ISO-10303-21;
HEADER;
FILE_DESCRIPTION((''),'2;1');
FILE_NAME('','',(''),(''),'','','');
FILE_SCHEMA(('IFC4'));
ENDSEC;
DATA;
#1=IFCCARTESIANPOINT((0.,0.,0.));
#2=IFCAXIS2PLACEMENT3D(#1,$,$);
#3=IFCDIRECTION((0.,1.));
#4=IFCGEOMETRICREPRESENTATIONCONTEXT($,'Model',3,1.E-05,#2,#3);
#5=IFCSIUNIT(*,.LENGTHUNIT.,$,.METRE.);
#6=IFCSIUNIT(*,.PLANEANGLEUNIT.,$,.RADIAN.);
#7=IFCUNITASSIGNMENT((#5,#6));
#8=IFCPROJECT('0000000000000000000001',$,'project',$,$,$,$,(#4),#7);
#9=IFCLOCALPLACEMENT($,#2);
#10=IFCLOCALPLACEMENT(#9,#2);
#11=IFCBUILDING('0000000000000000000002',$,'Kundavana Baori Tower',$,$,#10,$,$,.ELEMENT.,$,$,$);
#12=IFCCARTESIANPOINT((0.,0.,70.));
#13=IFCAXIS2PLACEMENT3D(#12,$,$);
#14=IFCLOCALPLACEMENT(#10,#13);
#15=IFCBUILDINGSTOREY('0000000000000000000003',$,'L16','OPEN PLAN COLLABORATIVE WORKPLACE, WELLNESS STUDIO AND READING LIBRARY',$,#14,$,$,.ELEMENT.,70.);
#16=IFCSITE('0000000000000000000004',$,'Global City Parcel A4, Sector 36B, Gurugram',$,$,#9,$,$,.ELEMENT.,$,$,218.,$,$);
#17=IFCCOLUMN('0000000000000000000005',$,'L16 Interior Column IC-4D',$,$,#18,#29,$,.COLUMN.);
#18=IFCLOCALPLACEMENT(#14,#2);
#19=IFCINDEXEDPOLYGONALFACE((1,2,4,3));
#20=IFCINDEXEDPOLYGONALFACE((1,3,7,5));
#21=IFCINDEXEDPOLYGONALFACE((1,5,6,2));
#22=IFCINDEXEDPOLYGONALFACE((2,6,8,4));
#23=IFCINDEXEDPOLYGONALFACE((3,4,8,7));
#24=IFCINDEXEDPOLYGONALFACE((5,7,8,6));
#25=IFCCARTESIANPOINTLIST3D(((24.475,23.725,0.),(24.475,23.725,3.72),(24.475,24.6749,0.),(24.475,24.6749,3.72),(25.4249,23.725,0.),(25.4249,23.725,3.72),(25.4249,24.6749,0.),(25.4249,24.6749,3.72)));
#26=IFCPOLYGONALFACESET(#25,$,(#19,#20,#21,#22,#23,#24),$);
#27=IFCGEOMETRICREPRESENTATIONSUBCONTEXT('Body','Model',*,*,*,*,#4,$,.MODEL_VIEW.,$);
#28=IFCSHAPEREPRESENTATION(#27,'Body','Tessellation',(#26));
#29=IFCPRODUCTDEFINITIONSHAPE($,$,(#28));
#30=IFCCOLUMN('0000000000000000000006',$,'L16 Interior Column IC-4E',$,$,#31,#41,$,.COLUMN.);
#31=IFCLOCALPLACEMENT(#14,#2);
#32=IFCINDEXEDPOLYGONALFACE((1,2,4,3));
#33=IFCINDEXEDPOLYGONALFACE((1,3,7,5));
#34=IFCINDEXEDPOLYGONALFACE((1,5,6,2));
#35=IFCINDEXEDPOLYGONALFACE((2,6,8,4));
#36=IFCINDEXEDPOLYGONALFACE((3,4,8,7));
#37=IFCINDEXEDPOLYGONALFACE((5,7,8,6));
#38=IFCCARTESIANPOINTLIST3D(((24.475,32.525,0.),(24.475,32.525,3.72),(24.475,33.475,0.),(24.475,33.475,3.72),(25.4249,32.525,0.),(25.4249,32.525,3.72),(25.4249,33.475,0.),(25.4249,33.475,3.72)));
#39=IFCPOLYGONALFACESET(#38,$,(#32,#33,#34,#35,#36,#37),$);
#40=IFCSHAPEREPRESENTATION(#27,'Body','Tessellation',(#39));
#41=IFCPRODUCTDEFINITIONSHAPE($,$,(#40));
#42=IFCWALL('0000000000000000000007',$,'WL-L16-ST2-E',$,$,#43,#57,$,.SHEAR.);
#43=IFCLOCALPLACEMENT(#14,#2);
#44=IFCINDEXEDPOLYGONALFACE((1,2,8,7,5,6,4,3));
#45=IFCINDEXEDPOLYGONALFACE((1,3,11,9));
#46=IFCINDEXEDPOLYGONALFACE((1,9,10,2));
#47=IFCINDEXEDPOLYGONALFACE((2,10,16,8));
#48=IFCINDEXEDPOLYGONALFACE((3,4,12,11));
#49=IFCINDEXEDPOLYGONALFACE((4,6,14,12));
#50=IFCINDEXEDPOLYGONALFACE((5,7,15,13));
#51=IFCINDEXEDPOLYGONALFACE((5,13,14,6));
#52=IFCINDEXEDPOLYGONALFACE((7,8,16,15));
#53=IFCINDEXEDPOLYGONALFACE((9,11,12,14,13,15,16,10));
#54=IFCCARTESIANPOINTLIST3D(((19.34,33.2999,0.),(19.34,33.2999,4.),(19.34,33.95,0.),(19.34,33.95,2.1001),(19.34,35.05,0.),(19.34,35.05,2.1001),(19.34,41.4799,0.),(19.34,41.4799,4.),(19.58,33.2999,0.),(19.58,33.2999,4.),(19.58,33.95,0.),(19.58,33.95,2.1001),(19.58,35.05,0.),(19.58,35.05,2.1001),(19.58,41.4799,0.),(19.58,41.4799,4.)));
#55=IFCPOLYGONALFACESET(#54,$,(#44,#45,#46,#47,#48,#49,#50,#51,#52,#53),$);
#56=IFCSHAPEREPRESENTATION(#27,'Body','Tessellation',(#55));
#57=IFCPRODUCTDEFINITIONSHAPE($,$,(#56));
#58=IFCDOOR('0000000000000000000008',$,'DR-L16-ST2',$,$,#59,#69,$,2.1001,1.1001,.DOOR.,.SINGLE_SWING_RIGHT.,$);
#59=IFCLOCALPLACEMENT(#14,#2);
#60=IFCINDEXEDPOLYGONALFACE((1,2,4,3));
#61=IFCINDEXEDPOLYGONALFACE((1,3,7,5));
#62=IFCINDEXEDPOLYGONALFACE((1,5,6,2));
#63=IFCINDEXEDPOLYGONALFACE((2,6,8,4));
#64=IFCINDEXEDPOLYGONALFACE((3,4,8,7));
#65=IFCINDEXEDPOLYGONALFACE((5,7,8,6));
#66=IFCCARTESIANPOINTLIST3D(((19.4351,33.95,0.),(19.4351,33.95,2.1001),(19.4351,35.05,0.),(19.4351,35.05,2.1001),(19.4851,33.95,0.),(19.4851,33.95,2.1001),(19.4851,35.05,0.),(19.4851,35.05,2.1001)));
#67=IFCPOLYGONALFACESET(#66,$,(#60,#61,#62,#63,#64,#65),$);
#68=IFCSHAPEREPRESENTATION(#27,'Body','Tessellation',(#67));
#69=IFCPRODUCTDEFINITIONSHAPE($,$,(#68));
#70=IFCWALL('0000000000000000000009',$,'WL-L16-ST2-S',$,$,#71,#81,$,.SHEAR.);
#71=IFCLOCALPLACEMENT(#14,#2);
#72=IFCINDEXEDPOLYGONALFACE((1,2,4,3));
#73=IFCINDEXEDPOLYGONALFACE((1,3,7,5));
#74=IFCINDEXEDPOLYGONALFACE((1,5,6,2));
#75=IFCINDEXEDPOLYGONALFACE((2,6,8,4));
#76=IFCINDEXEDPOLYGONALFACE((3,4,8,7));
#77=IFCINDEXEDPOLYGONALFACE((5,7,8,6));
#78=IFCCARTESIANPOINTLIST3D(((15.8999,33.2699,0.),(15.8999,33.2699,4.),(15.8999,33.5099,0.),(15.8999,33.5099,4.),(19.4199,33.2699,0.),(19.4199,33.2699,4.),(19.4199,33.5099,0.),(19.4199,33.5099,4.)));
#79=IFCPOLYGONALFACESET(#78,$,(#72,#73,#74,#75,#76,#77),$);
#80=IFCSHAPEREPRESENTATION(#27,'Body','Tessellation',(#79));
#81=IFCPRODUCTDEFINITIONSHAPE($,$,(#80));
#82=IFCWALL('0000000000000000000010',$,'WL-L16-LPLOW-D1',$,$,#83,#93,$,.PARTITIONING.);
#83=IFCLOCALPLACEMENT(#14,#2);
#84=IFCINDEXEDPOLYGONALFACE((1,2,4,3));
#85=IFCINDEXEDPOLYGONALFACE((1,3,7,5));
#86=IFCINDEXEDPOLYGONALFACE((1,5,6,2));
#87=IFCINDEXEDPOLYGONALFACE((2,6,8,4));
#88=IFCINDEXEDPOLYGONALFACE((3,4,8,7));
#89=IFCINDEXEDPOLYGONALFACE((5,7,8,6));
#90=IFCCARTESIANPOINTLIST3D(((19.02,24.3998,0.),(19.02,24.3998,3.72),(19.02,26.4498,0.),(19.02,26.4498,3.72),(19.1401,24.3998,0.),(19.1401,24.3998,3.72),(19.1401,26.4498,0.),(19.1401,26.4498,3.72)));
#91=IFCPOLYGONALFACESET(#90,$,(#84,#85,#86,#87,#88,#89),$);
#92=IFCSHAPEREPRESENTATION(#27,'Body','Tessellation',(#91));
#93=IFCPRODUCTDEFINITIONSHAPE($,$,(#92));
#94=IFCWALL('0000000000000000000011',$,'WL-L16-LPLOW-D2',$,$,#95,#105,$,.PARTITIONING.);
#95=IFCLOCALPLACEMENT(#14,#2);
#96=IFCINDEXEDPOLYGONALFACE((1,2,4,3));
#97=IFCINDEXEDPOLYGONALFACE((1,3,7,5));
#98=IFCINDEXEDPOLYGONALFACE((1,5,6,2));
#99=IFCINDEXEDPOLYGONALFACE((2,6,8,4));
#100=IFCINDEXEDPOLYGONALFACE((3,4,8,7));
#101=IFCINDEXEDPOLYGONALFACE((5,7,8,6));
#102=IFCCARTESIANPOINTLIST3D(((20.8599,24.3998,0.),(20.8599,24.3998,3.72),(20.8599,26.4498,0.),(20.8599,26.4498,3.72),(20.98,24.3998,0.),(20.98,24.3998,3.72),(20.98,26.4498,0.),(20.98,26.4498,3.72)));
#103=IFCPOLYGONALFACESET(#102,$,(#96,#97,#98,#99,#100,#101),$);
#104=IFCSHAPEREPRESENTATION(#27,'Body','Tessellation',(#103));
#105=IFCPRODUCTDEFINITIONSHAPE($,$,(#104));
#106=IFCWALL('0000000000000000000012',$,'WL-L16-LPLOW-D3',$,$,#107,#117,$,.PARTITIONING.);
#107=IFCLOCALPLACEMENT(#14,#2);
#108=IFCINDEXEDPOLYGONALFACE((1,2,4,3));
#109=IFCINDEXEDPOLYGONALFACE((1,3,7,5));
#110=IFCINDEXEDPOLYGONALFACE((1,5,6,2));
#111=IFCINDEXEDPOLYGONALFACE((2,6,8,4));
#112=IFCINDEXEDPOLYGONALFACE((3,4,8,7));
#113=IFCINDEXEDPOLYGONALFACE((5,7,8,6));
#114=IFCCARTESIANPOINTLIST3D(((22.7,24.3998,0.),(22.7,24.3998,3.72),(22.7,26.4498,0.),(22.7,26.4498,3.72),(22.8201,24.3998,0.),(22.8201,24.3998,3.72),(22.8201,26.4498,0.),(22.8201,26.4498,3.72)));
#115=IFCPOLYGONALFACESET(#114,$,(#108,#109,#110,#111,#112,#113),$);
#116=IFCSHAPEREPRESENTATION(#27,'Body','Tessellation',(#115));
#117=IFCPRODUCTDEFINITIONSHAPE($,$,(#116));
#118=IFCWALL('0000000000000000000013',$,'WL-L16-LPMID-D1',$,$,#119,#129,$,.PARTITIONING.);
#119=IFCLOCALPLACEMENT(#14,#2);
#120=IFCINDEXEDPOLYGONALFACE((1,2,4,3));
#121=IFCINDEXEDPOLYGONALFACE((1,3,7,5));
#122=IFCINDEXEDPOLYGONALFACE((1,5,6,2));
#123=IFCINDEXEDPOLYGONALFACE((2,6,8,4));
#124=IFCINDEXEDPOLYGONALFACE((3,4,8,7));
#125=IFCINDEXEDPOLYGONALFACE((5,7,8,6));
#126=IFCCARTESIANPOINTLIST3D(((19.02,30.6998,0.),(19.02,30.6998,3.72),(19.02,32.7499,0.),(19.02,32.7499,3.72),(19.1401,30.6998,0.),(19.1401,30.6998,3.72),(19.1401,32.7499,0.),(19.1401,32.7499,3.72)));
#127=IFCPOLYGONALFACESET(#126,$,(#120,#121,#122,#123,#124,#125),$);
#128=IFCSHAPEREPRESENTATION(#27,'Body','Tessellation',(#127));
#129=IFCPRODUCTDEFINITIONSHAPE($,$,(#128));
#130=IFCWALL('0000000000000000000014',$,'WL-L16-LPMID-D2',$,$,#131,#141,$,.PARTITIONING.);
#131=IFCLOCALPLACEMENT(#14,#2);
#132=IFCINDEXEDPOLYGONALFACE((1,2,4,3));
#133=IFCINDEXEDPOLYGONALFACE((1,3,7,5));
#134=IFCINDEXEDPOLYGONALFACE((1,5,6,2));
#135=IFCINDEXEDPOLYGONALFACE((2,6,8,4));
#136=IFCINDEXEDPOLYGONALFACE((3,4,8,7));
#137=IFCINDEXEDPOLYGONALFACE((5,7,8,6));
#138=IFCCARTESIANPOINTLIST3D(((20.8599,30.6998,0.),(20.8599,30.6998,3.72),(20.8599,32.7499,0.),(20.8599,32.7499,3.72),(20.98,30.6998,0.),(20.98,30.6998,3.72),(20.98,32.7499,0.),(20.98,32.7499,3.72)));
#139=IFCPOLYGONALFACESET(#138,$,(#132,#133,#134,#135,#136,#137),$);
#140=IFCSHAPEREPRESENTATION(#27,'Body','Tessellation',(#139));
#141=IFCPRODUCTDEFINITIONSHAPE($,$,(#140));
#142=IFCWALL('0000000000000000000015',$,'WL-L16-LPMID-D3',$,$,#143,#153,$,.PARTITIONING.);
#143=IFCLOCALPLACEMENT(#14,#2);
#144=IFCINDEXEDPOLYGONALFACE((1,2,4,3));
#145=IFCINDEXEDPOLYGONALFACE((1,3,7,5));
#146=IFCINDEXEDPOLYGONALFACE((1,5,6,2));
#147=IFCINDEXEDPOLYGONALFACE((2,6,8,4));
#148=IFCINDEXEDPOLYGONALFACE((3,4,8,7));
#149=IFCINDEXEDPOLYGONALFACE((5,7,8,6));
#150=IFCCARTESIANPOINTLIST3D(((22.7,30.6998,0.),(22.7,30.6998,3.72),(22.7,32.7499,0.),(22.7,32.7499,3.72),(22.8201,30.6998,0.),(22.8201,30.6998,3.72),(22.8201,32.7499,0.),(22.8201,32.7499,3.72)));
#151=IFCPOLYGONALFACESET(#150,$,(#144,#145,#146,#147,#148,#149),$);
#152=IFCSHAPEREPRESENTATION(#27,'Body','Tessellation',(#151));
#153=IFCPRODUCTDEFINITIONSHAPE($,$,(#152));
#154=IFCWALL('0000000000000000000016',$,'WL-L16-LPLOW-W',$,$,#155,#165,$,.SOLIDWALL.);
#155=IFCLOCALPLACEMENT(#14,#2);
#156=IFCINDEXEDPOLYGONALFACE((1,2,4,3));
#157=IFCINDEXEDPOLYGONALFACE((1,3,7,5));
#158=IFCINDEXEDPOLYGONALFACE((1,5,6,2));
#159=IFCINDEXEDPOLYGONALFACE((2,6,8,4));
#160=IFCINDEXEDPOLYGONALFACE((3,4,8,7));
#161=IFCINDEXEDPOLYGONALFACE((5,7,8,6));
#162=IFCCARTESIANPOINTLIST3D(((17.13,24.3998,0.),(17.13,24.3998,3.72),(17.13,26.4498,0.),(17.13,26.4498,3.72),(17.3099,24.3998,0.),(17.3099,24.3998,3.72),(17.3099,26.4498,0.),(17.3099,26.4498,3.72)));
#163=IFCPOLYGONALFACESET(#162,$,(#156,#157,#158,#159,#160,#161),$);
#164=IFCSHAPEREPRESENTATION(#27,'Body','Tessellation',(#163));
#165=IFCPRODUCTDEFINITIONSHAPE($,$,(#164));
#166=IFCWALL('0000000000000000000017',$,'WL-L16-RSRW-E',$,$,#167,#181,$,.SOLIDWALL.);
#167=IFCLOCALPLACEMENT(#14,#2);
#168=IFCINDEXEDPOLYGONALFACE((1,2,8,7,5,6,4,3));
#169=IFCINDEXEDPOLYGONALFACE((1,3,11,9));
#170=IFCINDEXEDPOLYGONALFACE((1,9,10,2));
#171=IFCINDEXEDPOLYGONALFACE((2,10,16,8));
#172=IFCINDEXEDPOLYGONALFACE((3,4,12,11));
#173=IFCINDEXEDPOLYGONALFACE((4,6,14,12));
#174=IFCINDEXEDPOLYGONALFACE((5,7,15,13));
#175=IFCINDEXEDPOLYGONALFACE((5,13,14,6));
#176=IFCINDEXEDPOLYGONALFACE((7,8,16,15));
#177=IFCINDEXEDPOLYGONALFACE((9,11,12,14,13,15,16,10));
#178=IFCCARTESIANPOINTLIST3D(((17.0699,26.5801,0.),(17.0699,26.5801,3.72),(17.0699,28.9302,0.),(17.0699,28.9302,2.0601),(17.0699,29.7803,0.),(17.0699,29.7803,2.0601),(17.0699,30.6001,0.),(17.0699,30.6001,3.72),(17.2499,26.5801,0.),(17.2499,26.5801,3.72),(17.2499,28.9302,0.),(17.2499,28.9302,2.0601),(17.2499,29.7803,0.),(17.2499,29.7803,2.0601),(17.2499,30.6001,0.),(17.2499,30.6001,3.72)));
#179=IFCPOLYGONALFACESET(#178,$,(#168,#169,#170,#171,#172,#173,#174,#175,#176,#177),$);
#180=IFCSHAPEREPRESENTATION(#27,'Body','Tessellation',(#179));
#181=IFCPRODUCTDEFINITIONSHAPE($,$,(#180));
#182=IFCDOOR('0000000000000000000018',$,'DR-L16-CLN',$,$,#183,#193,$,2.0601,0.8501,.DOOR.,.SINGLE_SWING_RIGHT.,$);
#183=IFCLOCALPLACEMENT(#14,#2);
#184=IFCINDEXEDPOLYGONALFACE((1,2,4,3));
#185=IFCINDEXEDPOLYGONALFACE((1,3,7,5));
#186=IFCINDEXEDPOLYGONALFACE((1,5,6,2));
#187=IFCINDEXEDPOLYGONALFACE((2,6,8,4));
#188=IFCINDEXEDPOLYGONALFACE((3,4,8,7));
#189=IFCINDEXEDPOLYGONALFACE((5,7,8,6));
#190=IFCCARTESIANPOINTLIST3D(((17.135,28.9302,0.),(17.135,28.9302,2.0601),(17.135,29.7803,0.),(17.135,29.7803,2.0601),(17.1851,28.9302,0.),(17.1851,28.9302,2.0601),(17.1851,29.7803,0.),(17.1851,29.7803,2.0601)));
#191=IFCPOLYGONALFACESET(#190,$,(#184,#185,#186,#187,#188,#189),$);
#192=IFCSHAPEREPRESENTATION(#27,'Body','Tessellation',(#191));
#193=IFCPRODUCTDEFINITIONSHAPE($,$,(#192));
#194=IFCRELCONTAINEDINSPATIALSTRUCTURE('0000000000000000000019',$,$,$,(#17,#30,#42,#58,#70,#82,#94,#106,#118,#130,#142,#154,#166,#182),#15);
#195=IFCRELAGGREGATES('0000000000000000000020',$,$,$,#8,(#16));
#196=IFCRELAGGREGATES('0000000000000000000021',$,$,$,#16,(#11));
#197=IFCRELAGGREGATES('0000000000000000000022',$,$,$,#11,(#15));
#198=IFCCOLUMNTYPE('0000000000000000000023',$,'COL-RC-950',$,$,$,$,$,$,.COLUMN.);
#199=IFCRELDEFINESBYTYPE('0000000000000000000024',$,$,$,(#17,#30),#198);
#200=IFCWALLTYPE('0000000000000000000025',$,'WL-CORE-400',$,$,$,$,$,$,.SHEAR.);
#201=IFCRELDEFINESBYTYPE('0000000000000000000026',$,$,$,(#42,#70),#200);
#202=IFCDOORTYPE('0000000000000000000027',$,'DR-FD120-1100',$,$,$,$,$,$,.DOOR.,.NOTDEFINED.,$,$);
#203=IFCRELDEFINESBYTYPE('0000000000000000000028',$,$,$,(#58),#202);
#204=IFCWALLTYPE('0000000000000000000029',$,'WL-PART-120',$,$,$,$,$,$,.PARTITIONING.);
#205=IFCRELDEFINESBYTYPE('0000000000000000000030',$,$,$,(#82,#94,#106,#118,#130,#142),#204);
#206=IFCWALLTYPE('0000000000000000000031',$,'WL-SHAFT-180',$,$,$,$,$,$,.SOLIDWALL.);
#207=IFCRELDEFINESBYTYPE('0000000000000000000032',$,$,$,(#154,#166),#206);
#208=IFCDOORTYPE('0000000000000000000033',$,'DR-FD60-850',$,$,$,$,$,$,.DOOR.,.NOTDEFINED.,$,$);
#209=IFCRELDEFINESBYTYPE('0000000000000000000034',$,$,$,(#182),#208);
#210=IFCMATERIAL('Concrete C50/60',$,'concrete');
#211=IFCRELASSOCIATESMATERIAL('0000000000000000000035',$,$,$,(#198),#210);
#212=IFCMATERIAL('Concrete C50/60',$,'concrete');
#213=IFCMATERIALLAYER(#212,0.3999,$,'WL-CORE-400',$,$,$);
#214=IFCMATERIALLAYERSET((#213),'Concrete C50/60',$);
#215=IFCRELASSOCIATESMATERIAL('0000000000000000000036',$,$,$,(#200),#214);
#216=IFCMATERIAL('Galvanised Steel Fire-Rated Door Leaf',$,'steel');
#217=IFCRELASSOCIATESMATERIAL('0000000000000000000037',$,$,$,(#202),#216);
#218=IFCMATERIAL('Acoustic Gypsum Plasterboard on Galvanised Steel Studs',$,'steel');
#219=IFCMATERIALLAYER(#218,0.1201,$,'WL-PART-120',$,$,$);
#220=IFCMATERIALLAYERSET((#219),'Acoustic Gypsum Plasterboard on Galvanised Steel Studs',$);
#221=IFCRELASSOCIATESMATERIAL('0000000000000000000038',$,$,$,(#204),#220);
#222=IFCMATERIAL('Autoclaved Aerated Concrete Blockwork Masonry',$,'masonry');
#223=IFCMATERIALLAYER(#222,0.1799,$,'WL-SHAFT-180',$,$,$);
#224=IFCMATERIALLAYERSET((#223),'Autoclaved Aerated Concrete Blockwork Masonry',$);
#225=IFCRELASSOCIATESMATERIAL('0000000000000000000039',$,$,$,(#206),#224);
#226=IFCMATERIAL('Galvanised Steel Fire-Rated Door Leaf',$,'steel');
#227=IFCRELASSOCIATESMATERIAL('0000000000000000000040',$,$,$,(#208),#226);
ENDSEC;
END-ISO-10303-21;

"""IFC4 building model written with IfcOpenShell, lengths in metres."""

from ifc_helpers import new_model, si_unit, direction, frame, frame_2d, origin, origin_2d, place, context, subcontext, project, spatial, rectangle, extrude, material, layer, layer_set, material_profile, profile_set, type_object, element, fill, save


model = new_model("IFC4")

# Units and contexts
model_context = context("Model", 3, precision=1e-05, world=origin(), true_north=direction((0.0, 1.0)))
body_context = subcontext(model_context, "Body", "Model", "MODEL_VIEW")
ifc_project = project(units=[si_unit("LENGTHUNIT", "METRE"), si_unit("PLANEANGLEUNIT", "RADIAN")], contexts=[model_context])

# Site, building, storey
site_placement = place(None, origin())
site = spatial("IfcSite", under=ifc_project, at=site_placement, Name="Global City Parcel A4, Sector 36B, Gurugram", CompositionType="ELEMENT", RefElevation=218.0)
building_placement = place(site_placement, origin())
building = spatial("IfcBuilding", under=site, at=building_placement, Name="Kundavana Baori Tower", CompositionType="ELEMENT")
storey_placement = place(building_placement, frame((0.0, 0.0, 70.0)))
storey = spatial("IfcBuildingStorey", under=building, at=storey_placement, Name="L16", Description="OPEN PLAN COLLABORATIVE WORKPLACE, WELLNESS STUDIO AND READING LIBRARY", CompositionType="ELEMENT", Elevation=70.0)

# Columns
ifc_material_1 = material(Name="Concrete C50/60", Category="concrete")
ifc_material_profile = material_profile(ifc_material_1, rectangle(XDim=0.95, YDim=0.95, at=origin_2d()), Name="RC 950x950")
ifc_profile_set = profile_set([ifc_material_profile], Name="Concrete C50/60")
column_type = type_object("IfcColumnType", Name="COL-RC-950", PredefinedType="COLUMN", material=ifc_profile_set)
for number, where, z_axis, x_axis, name in (
    (1, (24.95, 24.2, 0.0), (0.0, 0.0, 1.0), (1.0, 0.0, 0.0), "L16 Interior Column IC-4D"),
    (2, (24.95, 33.0, 0.0), (0.0, 0.0, 1.0), (1.0, 0.0, 0.0), "L16 Interior Column IC-4E"),
):
    element("IfcColumn", number, at=place(storey_placement, frame(where, z_axis=z_axis, x_axis=x_axis)), inside=storey, type_object=column_type, Name=name, PredefinedType="COLUMN", context=body_context, shape_type="SweptSolid", body=[
        extrude(rectangle(XDim=0.95, YDim=0.95, at=origin_2d()), origin(), (0.0, 0.0, 1.0), 3.72),
    ])

# Wall, opening, door
ifc_material_2 = material(Name="Concrete C50/60", Category="concrete")
ifc_layer_1 = layer(ifc_material_2, 0.3999, Name="WL-CORE-400")
ifc_layer_set_1 = layer_set([ifc_layer_1], Name="Concrete C50/60")
wall_type_1 = type_object("IfcWallType", Name="WL-CORE-400", PredefinedType="SHEAR", material=ifc_layer_set_1)
wall_1_placement = place(storey_placement, frame((19.46, 33.3, 0.0), z_axis=(0.0, 0.0, 1.0), x_axis=(0.0, 1.0, 0.0)))
wall_1 = element("IfcWall", 3, at=wall_1_placement, inside=storey, type_object=wall_type_1, Name="WL-L16-ST2-E", PredefinedType="SHEAR", context=body_context, shape_type="SweptSolid", body=[
    extrude(rectangle(XDim=8.1799, YDim=0.24, at=frame_2d((4.0898, 0.0))), origin(), (0.0, 0.0, 1.0), 4.0),
])
opening_1_placement = place(wall_1_placement, frame((0.6499, 0.0, 0.0)))
opening_1 = element("IfcOpeningElement", 4, at=opening_1_placement, cuts=wall_1, PredefinedType="OPENING", context=body_context, shape_type="SweptSolid", body=[
    extrude(rectangle(XDim=1.1001, YDim=2.1001, at=frame_2d((0.55, 1.05))), frame((0.0, 0.1299, 0.0), z_axis=(0.0, -1.0, 0.0), x_axis=(1.0, 0.0, 0.0)), (0.0, 0.0, 1.0), 0.26),
])
ifc_material_3 = material(Name="Galvanised Steel Fire-Rated Door Leaf", Category="steel")
door_type_1 = type_object("IfcDoorType", Name="DR-FD120-1100", OperationType="NOTDEFINED", PredefinedType="DOOR", material=ifc_material_3)
door_1_placement = place(opening_1_placement, origin())
door_1 = element("IfcDoor", 5, at=door_1_placement, inside=storey, type_object=door_type_1, Name="DR-L16-ST2", OperationType="SINGLE_SWING_RIGHT", OverallHeight=2.1001, OverallWidth=1.1001, PredefinedType="DOOR", context=body_context, shape_type="SweptSolid", body=[
    extrude(rectangle(XDim=1.1001, YDim=2.1001, at=frame_2d((0.55, 1.05))), frame((0.0, 0.0249, 0.0), z_axis=(0.0, -1.0, 0.0), x_axis=(1.0, 0.0, 0.0)), (0.0, 0.0, 1.0), 0.05),
])
fill(opening_1, door_1)

# Walls
wall_2_placement = place(storey_placement, frame((15.8999, 33.3899, 0.0), z_axis=(0.0, 0.0, 1.0), x_axis=(1.0, 0.0, 0.0)))
element("IfcWall", 6, at=wall_2_placement, inside=storey, type_object=wall_type_1, Name="WL-L16-ST2-S", PredefinedType="SHEAR", context=body_context, shape_type="SweptSolid", body=[
    extrude(rectangle(XDim=3.52, YDim=0.24, at=frame_2d((1.76, 0.0))), origin(), (0.0, 0.0, 1.0), 4.0),
])
ifc_material_4 = material(Name="Acoustic Gypsum Plasterboard on Galvanised Steel Studs", Category="steel")
ifc_layer_2 = layer(ifc_material_4, 0.1201, Name="WL-PART-120")
ifc_layer_set_2 = layer_set([ifc_layer_2], Name="Acoustic Gypsum Plasterboard on Galvanised Steel Studs")
wall_type_2 = type_object("IfcWallType", Name="WL-PART-120", PredefinedType="PARTITIONING", material=ifc_layer_set_2)
for number, where, z_axis, x_axis, name in (
    (7, (19.0801, 24.3999, 0.0), (0.0, 0.0, 1.0), (0.0, 1.0, 0.0), "WL-L16-LPLOW-D1"),
    (8, (20.9199, 24.3999, 0.0), (0.0, 0.0, 1.0), (0.0, 1.0, 0.0), "WL-L16-LPLOW-D2"),
    (9, (22.76, 24.3999, 0.0), (0.0, 0.0, 1.0), (0.0, 1.0, 0.0), "WL-L16-LPLOW-D3"),
    (10, (19.0801, 30.7, 0.0), (0.0, 0.0, 1.0), (0.0, 1.0, 0.0), "WL-L16-LPMID-D1"),
    (11, (20.9199, 30.7, 0.0), (0.0, 0.0, 1.0), (0.0, 1.0, 0.0), "WL-L16-LPMID-D2"),
    (12, (22.76, 30.7, 0.0), (0.0, 0.0, 1.0), (0.0, 1.0, 0.0), "WL-L16-LPMID-D3"),
):
    element("IfcWall", number, at=place(storey_placement, frame(where, z_axis=z_axis, x_axis=x_axis)), inside=storey, type_object=wall_type_2, Name=name, PredefinedType="PARTITIONING", context=body_context, shape_type="SweptSolid", body=[
        extrude(rectangle(XDim=2.05, YDim=0.1201, at=frame_2d((1.0249, 0.0))), origin(), (0.0, 0.0, 1.0), 3.72),
    ])
ifc_material_5 = material(Name="Autoclaved Aerated Concrete Blockwork Masonry", Category="masonry")
ifc_layer_3 = layer(ifc_material_5, 0.1799, Name="WL-SHAFT-180")
ifc_layer_set_3 = layer_set([ifc_layer_3], Name="Autoclaved Aerated Concrete Blockwork Masonry")
wall_type_3 = type_object("IfcWallType", Name="WL-SHAFT-180", PredefinedType="SOLIDWALL", material=ifc_layer_set_3)
wall_3_placement = place(storey_placement, frame((17.22, 24.3999, 0.0), z_axis=(0.0, 0.0, 1.0), x_axis=(0.0, 1.0, 0.0)))
element("IfcWall", 13, at=wall_3_placement, inside=storey, type_object=wall_type_3, Name="WL-L16-LPLOW-W", PredefinedType="SOLIDWALL", context=body_context, shape_type="SweptSolid", body=[
    extrude(rectangle(XDim=2.05, YDim=0.1799, at=frame_2d((1.0249, 0.0))), origin(), (0.0, 0.0, 1.0), 3.72),
])

# Wall, opening, door
wall_4_placement = place(storey_placement, frame((17.1599, 26.5801, 0.0), z_axis=(0.0, 0.0, 1.0), x_axis=(0.0, 1.0, 0.0)))
wall_4 = element("IfcWall", 14, at=wall_4_placement, inside=storey, type_object=wall_type_3, Name="WL-L16-RSRW-E", PredefinedType="SOLIDWALL", context=body_context, shape_type="SweptSolid", body=[
    extrude(rectangle(XDim=4.02, YDim=0.1799, at=frame_2d((2.01, 0.0))), origin(), (0.0, 0.0, 1.0), 3.72),
])
opening_2_placement = place(wall_4_placement, frame((2.3501, 0.0, 0.0)))
opening_2 = element("IfcOpeningElement", 15, at=opening_2_placement, cuts=wall_4, PredefinedType="OPENING", context=body_context, shape_type="SweptSolid", body=[
    extrude(rectangle(XDim=0.8501, YDim=2.0601, at=frame_2d((0.425, 1.03))), frame((0.0, 0.1001, 0.0), z_axis=(0.0, -1.0, 0.0), x_axis=(1.0, 0.0, 0.0)), (0.0, 0.0, 1.0), 0.2),
])
ifc_material_6 = material(Name="Galvanised Steel Fire-Rated Door Leaf", Category="steel")
door_type_2 = type_object("IfcDoorType", Name="DR-FD60-850", OperationType="NOTDEFINED", PredefinedType="DOOR", material=ifc_material_6)
door_2_placement = place(opening_2_placement, origin())
door_2 = element("IfcDoor", 16, at=door_2_placement, inside=storey, type_object=door_type_2, Name="DR-L16-CLN", OperationType="SINGLE_SWING_RIGHT", OverallHeight=2.0601, OverallWidth=0.8501, PredefinedType="DOOR", context=body_context, shape_type="SweptSolid", body=[
    extrude(rectangle(XDim=0.8501, YDim=2.0601, at=frame_2d((0.425, 1.03))), frame((0.0, 0.0249, 0.0), z_axis=(0.0, -1.0, 0.0), x_axis=(1.0, 0.0, 0.0)), (0.0, 0.0, 1.0), 0.05),
])
fill(opening_2, door_2)

save(model, "model.ifc")
